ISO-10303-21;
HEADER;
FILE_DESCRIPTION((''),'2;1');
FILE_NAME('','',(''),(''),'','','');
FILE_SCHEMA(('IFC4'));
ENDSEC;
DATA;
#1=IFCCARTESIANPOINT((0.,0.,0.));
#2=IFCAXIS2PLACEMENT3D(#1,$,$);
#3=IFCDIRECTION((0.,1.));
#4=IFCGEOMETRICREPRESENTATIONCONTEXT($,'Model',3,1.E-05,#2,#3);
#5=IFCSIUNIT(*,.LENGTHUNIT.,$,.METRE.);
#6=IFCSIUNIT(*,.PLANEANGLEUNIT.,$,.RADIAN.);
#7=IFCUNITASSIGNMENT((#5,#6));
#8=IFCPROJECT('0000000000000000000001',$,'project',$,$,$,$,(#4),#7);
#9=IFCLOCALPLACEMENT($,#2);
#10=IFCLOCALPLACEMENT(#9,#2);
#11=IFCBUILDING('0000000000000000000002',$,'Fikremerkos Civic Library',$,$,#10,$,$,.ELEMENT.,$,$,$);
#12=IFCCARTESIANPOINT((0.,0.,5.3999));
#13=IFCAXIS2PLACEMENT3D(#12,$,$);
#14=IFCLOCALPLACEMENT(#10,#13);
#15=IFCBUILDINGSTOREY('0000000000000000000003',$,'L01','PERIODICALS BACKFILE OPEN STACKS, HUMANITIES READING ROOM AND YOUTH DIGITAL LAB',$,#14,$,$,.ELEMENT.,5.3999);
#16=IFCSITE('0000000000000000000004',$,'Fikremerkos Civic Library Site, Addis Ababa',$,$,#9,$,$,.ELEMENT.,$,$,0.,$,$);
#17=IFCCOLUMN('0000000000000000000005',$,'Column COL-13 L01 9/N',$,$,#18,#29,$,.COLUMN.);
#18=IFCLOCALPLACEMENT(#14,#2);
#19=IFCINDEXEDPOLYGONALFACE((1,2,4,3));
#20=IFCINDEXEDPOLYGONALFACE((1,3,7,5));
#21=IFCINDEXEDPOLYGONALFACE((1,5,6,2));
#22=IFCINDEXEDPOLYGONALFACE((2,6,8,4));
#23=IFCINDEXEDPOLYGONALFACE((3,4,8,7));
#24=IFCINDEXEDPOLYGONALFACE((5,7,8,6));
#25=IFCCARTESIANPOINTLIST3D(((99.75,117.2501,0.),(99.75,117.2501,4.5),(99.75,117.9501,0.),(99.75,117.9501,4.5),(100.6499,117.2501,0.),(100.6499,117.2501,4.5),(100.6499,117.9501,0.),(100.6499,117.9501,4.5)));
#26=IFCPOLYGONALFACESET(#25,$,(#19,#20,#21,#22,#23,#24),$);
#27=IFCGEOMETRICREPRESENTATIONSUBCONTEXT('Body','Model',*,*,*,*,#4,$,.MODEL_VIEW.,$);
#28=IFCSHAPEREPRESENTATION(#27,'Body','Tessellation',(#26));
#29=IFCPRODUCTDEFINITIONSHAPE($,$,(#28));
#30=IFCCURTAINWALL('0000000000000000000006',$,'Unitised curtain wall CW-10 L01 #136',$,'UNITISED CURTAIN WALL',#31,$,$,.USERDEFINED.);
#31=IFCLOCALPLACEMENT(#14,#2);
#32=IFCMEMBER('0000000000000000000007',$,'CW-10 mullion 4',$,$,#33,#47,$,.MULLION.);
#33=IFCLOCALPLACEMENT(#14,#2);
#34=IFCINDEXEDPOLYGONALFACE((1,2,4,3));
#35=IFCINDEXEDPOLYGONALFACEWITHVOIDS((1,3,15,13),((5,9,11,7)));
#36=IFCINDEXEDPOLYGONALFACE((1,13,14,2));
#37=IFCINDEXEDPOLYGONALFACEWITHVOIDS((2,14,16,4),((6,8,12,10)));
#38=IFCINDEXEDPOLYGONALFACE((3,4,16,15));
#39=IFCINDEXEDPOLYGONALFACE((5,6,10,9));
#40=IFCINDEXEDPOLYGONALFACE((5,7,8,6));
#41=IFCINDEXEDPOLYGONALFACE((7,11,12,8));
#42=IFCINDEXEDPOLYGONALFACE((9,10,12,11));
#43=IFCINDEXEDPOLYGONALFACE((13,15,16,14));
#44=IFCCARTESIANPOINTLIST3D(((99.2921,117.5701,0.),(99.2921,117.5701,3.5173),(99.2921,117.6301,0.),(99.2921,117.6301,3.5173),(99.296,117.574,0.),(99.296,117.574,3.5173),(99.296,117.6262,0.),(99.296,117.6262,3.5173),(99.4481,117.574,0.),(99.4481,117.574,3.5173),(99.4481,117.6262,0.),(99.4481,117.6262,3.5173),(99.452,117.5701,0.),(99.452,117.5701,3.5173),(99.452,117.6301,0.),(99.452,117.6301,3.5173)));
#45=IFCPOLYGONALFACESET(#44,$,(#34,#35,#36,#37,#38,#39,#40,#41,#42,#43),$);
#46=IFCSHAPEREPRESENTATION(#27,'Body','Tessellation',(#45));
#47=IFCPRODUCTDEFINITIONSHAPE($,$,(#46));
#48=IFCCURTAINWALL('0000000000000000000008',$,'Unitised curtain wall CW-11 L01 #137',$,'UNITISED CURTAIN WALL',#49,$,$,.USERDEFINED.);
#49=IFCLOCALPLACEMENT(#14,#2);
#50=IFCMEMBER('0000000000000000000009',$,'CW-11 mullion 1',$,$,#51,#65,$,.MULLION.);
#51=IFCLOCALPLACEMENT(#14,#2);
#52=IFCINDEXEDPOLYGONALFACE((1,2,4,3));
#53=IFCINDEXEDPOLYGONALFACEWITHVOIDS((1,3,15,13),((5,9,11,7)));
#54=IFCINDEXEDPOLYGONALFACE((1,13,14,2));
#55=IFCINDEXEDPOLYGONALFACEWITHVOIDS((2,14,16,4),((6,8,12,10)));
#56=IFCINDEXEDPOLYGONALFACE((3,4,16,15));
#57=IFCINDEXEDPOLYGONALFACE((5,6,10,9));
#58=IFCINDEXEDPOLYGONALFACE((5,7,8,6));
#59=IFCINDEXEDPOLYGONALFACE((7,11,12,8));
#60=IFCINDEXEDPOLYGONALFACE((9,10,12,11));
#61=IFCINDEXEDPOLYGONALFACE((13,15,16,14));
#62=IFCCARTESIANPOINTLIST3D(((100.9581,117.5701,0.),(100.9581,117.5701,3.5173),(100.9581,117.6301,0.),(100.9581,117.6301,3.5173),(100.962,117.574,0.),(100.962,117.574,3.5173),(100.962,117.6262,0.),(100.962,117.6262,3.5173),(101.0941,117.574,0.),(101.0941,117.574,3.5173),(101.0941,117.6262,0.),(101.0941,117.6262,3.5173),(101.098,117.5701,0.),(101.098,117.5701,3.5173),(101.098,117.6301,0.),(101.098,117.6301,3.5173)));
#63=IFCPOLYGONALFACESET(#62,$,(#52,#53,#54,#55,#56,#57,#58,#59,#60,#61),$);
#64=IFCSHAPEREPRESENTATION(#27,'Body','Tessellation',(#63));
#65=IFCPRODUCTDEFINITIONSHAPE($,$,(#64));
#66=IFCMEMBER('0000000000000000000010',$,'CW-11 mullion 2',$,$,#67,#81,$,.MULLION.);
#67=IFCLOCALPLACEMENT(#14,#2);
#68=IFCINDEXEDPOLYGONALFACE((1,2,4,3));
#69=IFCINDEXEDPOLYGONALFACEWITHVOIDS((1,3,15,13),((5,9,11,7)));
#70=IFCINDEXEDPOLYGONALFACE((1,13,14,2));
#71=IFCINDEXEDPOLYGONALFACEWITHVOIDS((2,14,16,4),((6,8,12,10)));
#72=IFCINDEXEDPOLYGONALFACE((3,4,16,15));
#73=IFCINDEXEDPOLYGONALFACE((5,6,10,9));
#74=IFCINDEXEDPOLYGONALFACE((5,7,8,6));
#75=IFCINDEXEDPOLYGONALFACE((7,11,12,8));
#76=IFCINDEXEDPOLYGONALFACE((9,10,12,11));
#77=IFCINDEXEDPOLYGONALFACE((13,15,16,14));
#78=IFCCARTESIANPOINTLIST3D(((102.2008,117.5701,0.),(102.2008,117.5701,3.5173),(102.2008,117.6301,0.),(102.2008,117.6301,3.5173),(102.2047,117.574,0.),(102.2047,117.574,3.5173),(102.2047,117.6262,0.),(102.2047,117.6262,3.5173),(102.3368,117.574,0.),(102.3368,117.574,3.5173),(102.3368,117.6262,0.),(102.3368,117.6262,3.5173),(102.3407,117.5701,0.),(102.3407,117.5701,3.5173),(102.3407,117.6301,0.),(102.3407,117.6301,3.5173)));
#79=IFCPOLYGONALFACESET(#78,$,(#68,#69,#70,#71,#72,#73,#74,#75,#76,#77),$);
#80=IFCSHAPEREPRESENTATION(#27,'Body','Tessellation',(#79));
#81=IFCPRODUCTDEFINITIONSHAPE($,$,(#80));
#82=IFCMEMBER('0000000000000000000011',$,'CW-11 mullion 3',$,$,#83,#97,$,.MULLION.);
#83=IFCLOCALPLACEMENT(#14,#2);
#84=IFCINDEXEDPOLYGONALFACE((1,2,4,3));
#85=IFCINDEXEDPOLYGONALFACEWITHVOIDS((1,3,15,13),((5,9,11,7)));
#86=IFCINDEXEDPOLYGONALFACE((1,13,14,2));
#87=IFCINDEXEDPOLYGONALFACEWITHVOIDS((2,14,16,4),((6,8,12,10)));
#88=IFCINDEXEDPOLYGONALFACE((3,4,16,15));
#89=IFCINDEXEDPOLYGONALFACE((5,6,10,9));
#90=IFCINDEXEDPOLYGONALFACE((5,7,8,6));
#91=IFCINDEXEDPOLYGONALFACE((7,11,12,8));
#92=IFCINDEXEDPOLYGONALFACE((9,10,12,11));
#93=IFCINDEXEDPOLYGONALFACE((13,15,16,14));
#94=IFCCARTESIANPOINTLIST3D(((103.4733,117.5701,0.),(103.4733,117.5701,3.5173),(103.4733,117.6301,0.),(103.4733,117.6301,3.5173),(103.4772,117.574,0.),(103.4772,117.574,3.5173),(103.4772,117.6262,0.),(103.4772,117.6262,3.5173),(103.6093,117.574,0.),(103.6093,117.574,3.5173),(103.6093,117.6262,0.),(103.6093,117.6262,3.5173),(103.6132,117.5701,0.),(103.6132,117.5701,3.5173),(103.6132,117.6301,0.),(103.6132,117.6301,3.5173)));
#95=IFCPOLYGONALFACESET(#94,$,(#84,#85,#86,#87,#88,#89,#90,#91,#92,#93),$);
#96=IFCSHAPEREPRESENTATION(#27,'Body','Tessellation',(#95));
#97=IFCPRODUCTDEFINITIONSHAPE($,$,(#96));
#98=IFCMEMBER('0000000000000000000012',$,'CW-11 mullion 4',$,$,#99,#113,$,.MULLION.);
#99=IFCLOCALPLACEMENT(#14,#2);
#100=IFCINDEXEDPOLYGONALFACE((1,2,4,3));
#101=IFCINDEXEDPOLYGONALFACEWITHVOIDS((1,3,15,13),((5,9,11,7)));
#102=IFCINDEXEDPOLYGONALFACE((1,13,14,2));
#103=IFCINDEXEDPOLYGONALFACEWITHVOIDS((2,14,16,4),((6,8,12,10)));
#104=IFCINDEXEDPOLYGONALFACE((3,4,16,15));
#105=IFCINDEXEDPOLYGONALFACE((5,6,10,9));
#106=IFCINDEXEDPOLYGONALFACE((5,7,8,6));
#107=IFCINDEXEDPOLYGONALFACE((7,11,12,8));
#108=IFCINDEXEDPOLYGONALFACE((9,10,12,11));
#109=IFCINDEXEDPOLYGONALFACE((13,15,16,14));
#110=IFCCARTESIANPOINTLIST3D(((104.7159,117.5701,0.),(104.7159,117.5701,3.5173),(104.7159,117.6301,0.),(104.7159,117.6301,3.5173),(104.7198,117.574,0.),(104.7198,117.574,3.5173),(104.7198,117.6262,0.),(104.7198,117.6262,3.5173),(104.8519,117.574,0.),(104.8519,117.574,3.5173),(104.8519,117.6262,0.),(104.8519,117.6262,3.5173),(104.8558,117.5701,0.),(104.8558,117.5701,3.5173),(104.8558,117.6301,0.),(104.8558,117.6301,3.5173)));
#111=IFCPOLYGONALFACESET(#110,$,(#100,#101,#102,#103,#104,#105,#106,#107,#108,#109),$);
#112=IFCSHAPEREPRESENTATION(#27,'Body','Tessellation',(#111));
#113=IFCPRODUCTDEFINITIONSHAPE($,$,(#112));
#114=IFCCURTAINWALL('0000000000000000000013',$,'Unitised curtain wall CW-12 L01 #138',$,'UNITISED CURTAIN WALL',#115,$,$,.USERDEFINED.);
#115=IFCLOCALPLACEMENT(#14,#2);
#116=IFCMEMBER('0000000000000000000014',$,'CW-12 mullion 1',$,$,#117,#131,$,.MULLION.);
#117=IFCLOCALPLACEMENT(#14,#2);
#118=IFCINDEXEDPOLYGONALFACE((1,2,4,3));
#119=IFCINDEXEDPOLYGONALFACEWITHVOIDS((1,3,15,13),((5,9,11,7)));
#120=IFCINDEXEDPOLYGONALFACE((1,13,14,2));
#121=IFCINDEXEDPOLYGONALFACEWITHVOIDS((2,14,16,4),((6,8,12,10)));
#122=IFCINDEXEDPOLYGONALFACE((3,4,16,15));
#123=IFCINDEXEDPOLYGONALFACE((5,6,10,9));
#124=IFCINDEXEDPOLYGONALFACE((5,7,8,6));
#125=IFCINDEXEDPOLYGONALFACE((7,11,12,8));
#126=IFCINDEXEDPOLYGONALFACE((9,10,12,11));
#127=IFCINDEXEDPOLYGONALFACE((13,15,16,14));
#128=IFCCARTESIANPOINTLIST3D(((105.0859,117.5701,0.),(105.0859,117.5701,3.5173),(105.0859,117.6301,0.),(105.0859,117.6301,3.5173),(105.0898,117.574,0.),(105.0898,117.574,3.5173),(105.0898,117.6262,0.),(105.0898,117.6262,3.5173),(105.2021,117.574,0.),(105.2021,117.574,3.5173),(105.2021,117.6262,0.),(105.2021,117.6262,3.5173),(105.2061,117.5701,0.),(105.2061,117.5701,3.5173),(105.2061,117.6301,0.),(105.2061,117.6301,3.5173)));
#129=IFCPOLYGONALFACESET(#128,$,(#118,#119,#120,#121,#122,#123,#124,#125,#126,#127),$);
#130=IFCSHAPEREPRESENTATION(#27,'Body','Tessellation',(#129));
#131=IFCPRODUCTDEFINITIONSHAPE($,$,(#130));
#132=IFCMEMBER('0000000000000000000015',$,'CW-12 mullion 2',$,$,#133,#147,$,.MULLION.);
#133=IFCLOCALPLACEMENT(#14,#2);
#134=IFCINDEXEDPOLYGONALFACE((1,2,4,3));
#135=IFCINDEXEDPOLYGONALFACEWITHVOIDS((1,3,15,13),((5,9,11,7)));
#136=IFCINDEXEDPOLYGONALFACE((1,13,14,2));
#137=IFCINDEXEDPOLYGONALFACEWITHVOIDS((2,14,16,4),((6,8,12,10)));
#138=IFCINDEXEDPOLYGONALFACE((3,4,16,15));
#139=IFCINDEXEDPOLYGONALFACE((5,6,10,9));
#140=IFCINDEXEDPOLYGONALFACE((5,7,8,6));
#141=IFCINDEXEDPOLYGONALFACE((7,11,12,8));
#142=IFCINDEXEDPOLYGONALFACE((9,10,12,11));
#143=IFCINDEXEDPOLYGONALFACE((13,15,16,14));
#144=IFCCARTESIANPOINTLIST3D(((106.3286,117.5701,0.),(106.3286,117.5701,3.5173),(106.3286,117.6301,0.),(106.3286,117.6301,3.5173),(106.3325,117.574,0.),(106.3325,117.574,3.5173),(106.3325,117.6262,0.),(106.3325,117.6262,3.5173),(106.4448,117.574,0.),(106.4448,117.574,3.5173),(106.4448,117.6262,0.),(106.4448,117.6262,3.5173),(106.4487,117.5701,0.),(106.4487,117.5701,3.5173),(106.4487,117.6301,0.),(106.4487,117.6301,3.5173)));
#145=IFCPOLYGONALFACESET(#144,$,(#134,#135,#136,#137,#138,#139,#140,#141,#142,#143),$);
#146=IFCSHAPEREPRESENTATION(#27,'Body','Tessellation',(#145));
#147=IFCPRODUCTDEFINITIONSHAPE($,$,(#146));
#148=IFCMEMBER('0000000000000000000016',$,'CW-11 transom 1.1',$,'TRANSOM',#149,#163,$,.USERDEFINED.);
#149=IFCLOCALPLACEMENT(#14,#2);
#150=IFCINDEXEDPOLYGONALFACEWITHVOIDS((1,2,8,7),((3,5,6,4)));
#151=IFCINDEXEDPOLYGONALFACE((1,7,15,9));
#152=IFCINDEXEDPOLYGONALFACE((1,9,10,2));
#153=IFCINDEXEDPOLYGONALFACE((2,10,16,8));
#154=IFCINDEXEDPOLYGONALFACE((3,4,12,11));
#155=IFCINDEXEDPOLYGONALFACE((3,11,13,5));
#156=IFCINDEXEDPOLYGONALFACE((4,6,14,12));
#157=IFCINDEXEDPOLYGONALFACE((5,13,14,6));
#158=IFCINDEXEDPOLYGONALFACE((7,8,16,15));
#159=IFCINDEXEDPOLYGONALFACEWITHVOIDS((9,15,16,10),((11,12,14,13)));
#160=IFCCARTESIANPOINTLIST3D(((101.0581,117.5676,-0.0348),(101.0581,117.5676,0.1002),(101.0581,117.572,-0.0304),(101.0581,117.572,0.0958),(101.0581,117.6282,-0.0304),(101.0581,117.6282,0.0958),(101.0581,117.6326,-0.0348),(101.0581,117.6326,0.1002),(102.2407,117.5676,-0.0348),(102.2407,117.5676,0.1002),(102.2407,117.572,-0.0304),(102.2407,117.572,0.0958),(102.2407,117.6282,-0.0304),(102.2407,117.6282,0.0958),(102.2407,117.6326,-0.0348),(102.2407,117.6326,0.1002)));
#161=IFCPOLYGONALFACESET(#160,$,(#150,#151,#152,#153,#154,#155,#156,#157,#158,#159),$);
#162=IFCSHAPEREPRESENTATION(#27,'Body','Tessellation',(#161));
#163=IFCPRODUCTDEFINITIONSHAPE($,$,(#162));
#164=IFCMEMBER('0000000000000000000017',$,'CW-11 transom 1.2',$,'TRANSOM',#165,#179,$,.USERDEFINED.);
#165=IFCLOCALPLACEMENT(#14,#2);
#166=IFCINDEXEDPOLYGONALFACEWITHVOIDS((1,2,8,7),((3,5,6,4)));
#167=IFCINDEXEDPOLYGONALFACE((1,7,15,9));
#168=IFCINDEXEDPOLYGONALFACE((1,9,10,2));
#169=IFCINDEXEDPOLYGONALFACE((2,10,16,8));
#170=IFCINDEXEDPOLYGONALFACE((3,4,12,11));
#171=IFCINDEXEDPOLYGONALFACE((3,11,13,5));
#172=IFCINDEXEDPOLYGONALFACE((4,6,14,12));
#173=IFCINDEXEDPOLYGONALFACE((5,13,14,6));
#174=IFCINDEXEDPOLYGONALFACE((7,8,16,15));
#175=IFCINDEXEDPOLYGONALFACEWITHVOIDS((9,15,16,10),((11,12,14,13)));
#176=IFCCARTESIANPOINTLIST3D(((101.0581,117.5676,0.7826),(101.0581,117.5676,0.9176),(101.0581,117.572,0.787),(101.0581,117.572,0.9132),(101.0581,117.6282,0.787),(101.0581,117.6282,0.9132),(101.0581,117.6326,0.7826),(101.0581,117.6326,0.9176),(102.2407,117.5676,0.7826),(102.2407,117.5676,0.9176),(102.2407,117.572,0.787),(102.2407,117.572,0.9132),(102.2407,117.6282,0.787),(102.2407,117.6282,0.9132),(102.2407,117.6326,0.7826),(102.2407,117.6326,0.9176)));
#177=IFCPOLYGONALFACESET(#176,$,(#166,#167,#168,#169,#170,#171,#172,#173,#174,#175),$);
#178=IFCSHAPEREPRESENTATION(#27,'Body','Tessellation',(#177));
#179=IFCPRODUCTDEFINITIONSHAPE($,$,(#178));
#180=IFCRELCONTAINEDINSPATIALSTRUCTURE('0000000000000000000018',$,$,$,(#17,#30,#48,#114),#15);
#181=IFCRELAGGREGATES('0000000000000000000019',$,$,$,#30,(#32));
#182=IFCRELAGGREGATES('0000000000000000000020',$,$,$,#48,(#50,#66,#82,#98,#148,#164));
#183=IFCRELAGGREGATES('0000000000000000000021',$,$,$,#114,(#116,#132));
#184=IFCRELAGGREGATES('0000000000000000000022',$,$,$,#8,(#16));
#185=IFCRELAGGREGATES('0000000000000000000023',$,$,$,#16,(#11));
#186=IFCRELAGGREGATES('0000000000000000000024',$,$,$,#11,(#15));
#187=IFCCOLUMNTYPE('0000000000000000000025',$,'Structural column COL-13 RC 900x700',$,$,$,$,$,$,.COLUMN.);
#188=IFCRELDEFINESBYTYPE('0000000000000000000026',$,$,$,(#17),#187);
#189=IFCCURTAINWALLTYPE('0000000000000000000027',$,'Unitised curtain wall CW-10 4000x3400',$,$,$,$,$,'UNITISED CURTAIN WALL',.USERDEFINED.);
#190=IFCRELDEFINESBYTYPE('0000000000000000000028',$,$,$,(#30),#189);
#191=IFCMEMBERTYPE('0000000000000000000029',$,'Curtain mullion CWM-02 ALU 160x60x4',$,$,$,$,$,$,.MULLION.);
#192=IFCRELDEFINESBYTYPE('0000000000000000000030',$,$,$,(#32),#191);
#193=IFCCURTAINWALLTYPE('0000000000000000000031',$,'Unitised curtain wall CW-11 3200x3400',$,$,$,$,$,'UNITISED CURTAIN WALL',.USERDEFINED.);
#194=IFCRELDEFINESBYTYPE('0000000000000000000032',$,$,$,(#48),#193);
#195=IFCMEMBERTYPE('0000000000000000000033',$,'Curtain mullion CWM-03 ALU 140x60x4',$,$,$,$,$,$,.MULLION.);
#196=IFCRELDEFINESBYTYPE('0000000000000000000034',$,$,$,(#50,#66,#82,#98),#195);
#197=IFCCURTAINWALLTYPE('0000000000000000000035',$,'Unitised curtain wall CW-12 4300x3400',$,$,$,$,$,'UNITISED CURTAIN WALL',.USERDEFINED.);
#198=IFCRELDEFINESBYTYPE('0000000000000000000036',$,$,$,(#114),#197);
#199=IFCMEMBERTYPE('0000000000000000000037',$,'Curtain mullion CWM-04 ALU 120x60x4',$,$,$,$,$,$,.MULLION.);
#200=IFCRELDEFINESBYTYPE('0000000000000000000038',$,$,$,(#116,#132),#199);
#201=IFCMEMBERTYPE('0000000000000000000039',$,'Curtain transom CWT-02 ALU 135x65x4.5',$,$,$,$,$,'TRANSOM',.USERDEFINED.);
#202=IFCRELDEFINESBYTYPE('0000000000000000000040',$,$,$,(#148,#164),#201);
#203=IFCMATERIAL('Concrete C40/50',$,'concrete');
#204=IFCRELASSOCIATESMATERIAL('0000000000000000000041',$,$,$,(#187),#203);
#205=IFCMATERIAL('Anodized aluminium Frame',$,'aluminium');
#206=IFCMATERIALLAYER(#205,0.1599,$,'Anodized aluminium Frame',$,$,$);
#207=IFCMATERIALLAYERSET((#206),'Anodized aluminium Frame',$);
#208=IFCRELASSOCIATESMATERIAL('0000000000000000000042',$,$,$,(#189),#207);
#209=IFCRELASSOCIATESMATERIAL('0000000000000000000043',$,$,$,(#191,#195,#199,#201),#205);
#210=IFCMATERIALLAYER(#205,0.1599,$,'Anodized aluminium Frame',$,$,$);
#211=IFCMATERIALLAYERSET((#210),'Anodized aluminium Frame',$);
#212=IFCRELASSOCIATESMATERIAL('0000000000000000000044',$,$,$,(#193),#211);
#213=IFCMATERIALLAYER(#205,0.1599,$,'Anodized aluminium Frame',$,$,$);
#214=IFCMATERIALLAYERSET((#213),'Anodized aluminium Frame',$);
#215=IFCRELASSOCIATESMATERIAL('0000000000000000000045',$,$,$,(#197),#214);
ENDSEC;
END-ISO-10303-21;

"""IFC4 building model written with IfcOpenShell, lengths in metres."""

from ifc_helpers import new_model, si_unit, direction, frame, origin, origin_2d, place, context, subcontext, project, spatial, rectangle, hollow_rectangle, extrude, material, layer, layer_set, material_profile, profile_set, type_object, element, aggregate, save


model = new_model("IFC4")

# Units and contexts
model_context = context("Model", 3, precision=1e-05, world=origin(), true_north=direction((0.0, 1.0)))
body_context = subcontext(model_context, "Body", "Model", "MODEL_VIEW")
ifc_project = project(units=[si_unit("LENGTHUNIT", "METRE"), si_unit("PLANEANGLEUNIT", "RADIAN")], contexts=[model_context])

# Site, building, storey
site_placement = place(None, origin())
site = spatial("IfcSite", under=ifc_project, at=site_placement, Name="Fikremerkos Civic Library Site, Addis Ababa", CompositionType="ELEMENT", RefElevation=0.0)
building_placement = place(site_placement, origin())
building = spatial("IfcBuilding", under=site, at=building_placement, Name="Fikremerkos Civic Library", CompositionType="ELEMENT")
storey_placement = place(building_placement, frame((0.0, 0.0, 5.3999)))
storey = spatial("IfcBuildingStorey", under=building, at=storey_placement, Name="L01", Description="PERIODICALS BACKFILE OPEN STACKS, HUMANITIES READING ROOM AND YOUTH DIGITAL LAB", CompositionType="ELEMENT", Elevation=5.3999)

# Column
ifc_material_1 = material(Name="Concrete C40/50", Category="concrete")
ifc_material_profile_1 = material_profile(ifc_material_1, rectangle(XDim=0.8999, YDim=0.7, at=origin_2d()), Name="RC 900x700")
ifc_profile_set_1 = profile_set([ifc_material_profile_1], Name="Concrete C40/50")
column_type = type_object("IfcColumnType", Name="Structural column COL-13 RC 900x700", PredefinedType="COLUMN", material=ifc_profile_set_1)
column_placement = place(storey_placement, frame((100.2, 117.6001, 0.0), z_axis=(0.0, 0.0, 1.0), x_axis=(1.0, 0.0, 0.0)))
element("IfcColumn", 1, at=column_placement, inside=storey, type_object=column_type, Name="Column COL-13 L01 9/N", PredefinedType="COLUMN", context=body_context, shape_type="SweptSolid", body=[
    extrude(rectangle(XDim=0.8999, YDim=0.7, at=origin_2d()), origin(), (0.0, 0.0, 1.0), 4.5),
])

# Curtain wall, member
ifc_material_2 = material(Name="Anodized aluminium Frame", Category="aluminium")
ifc_layer_1 = layer(ifc_material_2, 0.1599, Name="Anodized aluminium Frame")
ifc_layer_set_1 = layer_set([ifc_layer_1], Name="Anodized aluminium Frame")
curtain_wall_type_1 = type_object("IfcCurtainWallType", Name="Unitised curtain wall CW-10 4000x3400", ElementType="UNITISED CURTAIN WALL", PredefinedType="USERDEFINED", material=ifc_layer_set_1)
curtain_wall_1_placement = place(storey_placement, origin())
curtain_wall_1 = element("IfcCurtainWall", 2, at=curtain_wall_1_placement, inside=storey, type_object=curtain_wall_type_1, Name="Unitised curtain wall CW-10 L01 #136", ObjectType="UNITISED CURTAIN WALL", PredefinedType="USERDEFINED")
ifc_material_profile_2 = material_profile(ifc_material_2, hollow_rectangle(XDim=0.0601, YDim=0.1599, WallThickness=0.0039, at=origin_2d()), Name="ALU 160x60x4")
ifc_profile_set_2 = profile_set([ifc_material_profile_2], Name="Anodized aluminium Frame")
member_type_1 = type_object("IfcMemberType", Name="Curtain mullion CWM-02 ALU 160x60x4", PredefinedType="MULLION", material=ifc_profile_set_2)
member_1_placement = place(storey_placement, frame((99.3721, 117.6001, 0.0), z_axis=(0.0, 0.0, 1.0), x_axis=(0.0, 1.0, 0.0)))
member_1 = element("IfcMember", 3, at=member_1_placement, type_object=member_type_1, Name="CW-10 mullion 4", PredefinedType="MULLION", context=body_context, shape_type="SweptSolid", body=[
    extrude(hollow_rectangle(XDim=0.0601, YDim=0.1599, WallThickness=0.0039, at=origin_2d()), origin(), (0.0, 0.0, 1.0), 3.5173),
])

# Curtain walls, members
ifc_layer_2 = layer(ifc_material_2, 0.1599, Name="Anodized aluminium Frame")
ifc_layer_set_2 = layer_set([ifc_layer_2], Name="Anodized aluminium Frame")
curtain_wall_type_2 = type_object("IfcCurtainWallType", Name="Unitised curtain wall CW-11 3200x3400", ElementType="UNITISED CURTAIN WALL", PredefinedType="USERDEFINED", material=ifc_layer_set_2)
curtain_wall_2_placement = place(storey_placement, origin())
curtain_wall_2 = element("IfcCurtainWall", 4, at=curtain_wall_2_placement, inside=storey, type_object=curtain_wall_type_2, Name="Unitised curtain wall CW-11 L01 #137", ObjectType="UNITISED CURTAIN WALL", PredefinedType="USERDEFINED")
ifc_material_profile_3 = material_profile(ifc_material_2, hollow_rectangle(XDim=0.0601, YDim=0.1399, WallThickness=0.0039, at=origin_2d()), Name="ALU 140x60x4")
ifc_profile_set_3 = profile_set([ifc_material_profile_3], Name="Anodized aluminium Frame")
member_type_2 = type_object("IfcMemberType", Name="Curtain mullion CWM-03 ALU 140x60x4", PredefinedType="MULLION", material=ifc_profile_set_3)
member_2_placement = place(storey_placement, frame((101.0281, 117.6001, 0.0), z_axis=(0.0, 0.0, 1.0), x_axis=(0.0, 1.0, 0.0)))
member_2 = element("IfcMember", 5, at=member_2_placement, type_object=member_type_2, Name="CW-11 mullion 1", PredefinedType="MULLION", context=body_context, shape_type="SweptSolid", body=[
    extrude(hollow_rectangle(XDim=0.0601, YDim=0.1399, WallThickness=0.0039, at=origin_2d()), origin(), (0.0, 0.0, 1.0), 3.5173),
])
member_3_placement = place(storey_placement, frame((102.2708, 117.6001, 0.0), z_axis=(0.0, 0.0, 1.0), x_axis=(0.0, 1.0, 0.0)))
member_3 = element("IfcMember", 6, at=member_3_placement, type_object=member_type_2, Name="CW-11 mullion 2", PredefinedType="MULLION", context=body_context, shape_type="SweptSolid", body=[
    extrude(hollow_rectangle(XDim=0.0601, YDim=0.1399, WallThickness=0.0039, at=origin_2d()), origin(), (0.0, 0.0, 1.0), 3.5173),
])
member_4_placement = place(storey_placement, frame((103.5432, 117.6001, 0.0), z_axis=(0.0, 0.0, 1.0), x_axis=(0.0, 1.0, 0.0)))
member_4 = element("IfcMember", 7, at=member_4_placement, type_object=member_type_2, Name="CW-11 mullion 3", PredefinedType="MULLION", context=body_context, shape_type="SweptSolid", body=[
    extrude(hollow_rectangle(XDim=0.0601, YDim=0.1399, WallThickness=0.0039, at=origin_2d()), origin(), (0.0, 0.0, 1.0), 3.5173),
])
member_5_placement = place(storey_placement, frame((104.7859, 117.6001, 0.0), z_axis=(0.0, 0.0, 1.0), x_axis=(0.0, 1.0, 0.0)))
member_5 = element("IfcMember", 8, at=member_5_placement, type_object=member_type_2, Name="CW-11 mullion 4", PredefinedType="MULLION", context=body_context, shape_type="SweptSolid", body=[
    extrude(hollow_rectangle(XDim=0.0601, YDim=0.1399, WallThickness=0.0039, at=origin_2d()), origin(), (0.0, 0.0, 1.0), 3.5173),
])
ifc_layer_3 = layer(ifc_material_2, 0.1599, Name="Anodized aluminium Frame")
ifc_layer_set_3 = layer_set([ifc_layer_3], Name="Anodized aluminium Frame")
curtain_wall_type_3 = type_object("IfcCurtainWallType", Name="Unitised curtain wall CW-12 4300x3400", ElementType="UNITISED CURTAIN WALL", PredefinedType="USERDEFINED", material=ifc_layer_set_3)
curtain_wall_3_placement = place(storey_placement, origin())
curtain_wall_3 = element("IfcCurtainWall", 9, at=curtain_wall_3_placement, inside=storey, type_object=curtain_wall_type_3, Name="Unitised curtain wall CW-12 L01 #138", ObjectType="UNITISED CURTAIN WALL", PredefinedType="USERDEFINED")
ifc_material_profile_4 = material_profile(ifc_material_2, hollow_rectangle(XDim=0.0601, YDim=0.1201, WallThickness=0.0039, at=origin_2d()), Name="ALU 120x60x4")
ifc_profile_set_4 = profile_set([ifc_material_profile_4], Name="Anodized aluminium Frame")
member_type_3 = type_object("IfcMemberType", Name="Curtain mullion CWM-04 ALU 120x60x4", PredefinedType="MULLION", material=ifc_profile_set_4)
member_6_placement = place(storey_placement, frame((105.146, 117.6001, 0.0), z_axis=(0.0, 0.0, 1.0), x_axis=(0.0, 1.0, 0.0)))
member_6 = element("IfcMember", 10, at=member_6_placement, type_object=member_type_3, Name="CW-12 mullion 1", PredefinedType="MULLION", context=body_context, shape_type="SweptSolid", body=[
    extrude(hollow_rectangle(XDim=0.0601, YDim=0.1201, WallThickness=0.0039, at=origin_2d()), origin(), (0.0, 0.0, 1.0), 3.5173),
])
member_7_placement = place(storey_placement, frame((106.3887, 117.6001, 0.0), z_axis=(0.0, 0.0, 1.0), x_axis=(0.0, 1.0, 0.0)))
member_7 = element("IfcMember", 11, at=member_7_placement, type_object=member_type_3, Name="CW-12 mullion 2", PredefinedType="MULLION", context=body_context, shape_type="SweptSolid", body=[
    extrude(hollow_rectangle(XDim=0.0601, YDim=0.1201, WallThickness=0.0039, at=origin_2d()), origin(), (0.0, 0.0, 1.0), 3.5173),
])

# Members
ifc_material_profile_5 = material_profile(ifc_material_2, hollow_rectangle(XDim=0.0649, YDim=0.135, WallThickness=0.0044, at=origin_2d()), Name="ALU 135x65x4.5")
ifc_profile_set_5 = profile_set([ifc_material_profile_5], Name="Anodized aluminium Frame")
member_type_4 = type_object("IfcMemberType", Name="Curtain transom CWT-02 ALU 135x65x4.5", ElementType="TRANSOM", PredefinedType="USERDEFINED", material=ifc_profile_set_5)
member_8_placement = place(storey_placement, frame((101.0581, 117.6001, 0.0327), z_axis=(1.0, 0.0, 0.0), x_axis=(0.0, 1.0, 0.0)))
member_8 = element("IfcMember", 12, at=member_8_placement, type_object=member_type_4, Name="CW-11 transom 1.1", ObjectType="TRANSOM", PredefinedType="USERDEFINED", context=body_context, shape_type="SweptSolid", body=[
    extrude(hollow_rectangle(XDim=0.0649, YDim=0.135, WallThickness=0.0044, at=origin_2d()), origin(), (0.0, 0.0, 1.0), 1.1826),
])
member_9_placement = place(storey_placement, frame((101.0581, 117.6001, 0.8501), z_axis=(1.0, 0.0, 0.0), x_axis=(0.0, 1.0, 0.0)))
member_9 = element("IfcMember", 13, at=member_9_placement, type_object=member_type_4, Name="CW-11 transom 1.2", ObjectType="TRANSOM", PredefinedType="USERDEFINED", context=body_context, shape_type="SweptSolid", body=[
    extrude(hollow_rectangle(XDim=0.0649, YDim=0.135, WallThickness=0.0044, at=origin_2d()), origin(), (0.0, 0.0, 1.0), 1.1826),
])

aggregate(curtain_wall_1, [member_1])
aggregate(curtain_wall_2, [member_2, member_3, member_4, member_5, member_8, member_9])
aggregate(curtain_wall_3, [member_6, member_7])

save(model, "model.ifc")
